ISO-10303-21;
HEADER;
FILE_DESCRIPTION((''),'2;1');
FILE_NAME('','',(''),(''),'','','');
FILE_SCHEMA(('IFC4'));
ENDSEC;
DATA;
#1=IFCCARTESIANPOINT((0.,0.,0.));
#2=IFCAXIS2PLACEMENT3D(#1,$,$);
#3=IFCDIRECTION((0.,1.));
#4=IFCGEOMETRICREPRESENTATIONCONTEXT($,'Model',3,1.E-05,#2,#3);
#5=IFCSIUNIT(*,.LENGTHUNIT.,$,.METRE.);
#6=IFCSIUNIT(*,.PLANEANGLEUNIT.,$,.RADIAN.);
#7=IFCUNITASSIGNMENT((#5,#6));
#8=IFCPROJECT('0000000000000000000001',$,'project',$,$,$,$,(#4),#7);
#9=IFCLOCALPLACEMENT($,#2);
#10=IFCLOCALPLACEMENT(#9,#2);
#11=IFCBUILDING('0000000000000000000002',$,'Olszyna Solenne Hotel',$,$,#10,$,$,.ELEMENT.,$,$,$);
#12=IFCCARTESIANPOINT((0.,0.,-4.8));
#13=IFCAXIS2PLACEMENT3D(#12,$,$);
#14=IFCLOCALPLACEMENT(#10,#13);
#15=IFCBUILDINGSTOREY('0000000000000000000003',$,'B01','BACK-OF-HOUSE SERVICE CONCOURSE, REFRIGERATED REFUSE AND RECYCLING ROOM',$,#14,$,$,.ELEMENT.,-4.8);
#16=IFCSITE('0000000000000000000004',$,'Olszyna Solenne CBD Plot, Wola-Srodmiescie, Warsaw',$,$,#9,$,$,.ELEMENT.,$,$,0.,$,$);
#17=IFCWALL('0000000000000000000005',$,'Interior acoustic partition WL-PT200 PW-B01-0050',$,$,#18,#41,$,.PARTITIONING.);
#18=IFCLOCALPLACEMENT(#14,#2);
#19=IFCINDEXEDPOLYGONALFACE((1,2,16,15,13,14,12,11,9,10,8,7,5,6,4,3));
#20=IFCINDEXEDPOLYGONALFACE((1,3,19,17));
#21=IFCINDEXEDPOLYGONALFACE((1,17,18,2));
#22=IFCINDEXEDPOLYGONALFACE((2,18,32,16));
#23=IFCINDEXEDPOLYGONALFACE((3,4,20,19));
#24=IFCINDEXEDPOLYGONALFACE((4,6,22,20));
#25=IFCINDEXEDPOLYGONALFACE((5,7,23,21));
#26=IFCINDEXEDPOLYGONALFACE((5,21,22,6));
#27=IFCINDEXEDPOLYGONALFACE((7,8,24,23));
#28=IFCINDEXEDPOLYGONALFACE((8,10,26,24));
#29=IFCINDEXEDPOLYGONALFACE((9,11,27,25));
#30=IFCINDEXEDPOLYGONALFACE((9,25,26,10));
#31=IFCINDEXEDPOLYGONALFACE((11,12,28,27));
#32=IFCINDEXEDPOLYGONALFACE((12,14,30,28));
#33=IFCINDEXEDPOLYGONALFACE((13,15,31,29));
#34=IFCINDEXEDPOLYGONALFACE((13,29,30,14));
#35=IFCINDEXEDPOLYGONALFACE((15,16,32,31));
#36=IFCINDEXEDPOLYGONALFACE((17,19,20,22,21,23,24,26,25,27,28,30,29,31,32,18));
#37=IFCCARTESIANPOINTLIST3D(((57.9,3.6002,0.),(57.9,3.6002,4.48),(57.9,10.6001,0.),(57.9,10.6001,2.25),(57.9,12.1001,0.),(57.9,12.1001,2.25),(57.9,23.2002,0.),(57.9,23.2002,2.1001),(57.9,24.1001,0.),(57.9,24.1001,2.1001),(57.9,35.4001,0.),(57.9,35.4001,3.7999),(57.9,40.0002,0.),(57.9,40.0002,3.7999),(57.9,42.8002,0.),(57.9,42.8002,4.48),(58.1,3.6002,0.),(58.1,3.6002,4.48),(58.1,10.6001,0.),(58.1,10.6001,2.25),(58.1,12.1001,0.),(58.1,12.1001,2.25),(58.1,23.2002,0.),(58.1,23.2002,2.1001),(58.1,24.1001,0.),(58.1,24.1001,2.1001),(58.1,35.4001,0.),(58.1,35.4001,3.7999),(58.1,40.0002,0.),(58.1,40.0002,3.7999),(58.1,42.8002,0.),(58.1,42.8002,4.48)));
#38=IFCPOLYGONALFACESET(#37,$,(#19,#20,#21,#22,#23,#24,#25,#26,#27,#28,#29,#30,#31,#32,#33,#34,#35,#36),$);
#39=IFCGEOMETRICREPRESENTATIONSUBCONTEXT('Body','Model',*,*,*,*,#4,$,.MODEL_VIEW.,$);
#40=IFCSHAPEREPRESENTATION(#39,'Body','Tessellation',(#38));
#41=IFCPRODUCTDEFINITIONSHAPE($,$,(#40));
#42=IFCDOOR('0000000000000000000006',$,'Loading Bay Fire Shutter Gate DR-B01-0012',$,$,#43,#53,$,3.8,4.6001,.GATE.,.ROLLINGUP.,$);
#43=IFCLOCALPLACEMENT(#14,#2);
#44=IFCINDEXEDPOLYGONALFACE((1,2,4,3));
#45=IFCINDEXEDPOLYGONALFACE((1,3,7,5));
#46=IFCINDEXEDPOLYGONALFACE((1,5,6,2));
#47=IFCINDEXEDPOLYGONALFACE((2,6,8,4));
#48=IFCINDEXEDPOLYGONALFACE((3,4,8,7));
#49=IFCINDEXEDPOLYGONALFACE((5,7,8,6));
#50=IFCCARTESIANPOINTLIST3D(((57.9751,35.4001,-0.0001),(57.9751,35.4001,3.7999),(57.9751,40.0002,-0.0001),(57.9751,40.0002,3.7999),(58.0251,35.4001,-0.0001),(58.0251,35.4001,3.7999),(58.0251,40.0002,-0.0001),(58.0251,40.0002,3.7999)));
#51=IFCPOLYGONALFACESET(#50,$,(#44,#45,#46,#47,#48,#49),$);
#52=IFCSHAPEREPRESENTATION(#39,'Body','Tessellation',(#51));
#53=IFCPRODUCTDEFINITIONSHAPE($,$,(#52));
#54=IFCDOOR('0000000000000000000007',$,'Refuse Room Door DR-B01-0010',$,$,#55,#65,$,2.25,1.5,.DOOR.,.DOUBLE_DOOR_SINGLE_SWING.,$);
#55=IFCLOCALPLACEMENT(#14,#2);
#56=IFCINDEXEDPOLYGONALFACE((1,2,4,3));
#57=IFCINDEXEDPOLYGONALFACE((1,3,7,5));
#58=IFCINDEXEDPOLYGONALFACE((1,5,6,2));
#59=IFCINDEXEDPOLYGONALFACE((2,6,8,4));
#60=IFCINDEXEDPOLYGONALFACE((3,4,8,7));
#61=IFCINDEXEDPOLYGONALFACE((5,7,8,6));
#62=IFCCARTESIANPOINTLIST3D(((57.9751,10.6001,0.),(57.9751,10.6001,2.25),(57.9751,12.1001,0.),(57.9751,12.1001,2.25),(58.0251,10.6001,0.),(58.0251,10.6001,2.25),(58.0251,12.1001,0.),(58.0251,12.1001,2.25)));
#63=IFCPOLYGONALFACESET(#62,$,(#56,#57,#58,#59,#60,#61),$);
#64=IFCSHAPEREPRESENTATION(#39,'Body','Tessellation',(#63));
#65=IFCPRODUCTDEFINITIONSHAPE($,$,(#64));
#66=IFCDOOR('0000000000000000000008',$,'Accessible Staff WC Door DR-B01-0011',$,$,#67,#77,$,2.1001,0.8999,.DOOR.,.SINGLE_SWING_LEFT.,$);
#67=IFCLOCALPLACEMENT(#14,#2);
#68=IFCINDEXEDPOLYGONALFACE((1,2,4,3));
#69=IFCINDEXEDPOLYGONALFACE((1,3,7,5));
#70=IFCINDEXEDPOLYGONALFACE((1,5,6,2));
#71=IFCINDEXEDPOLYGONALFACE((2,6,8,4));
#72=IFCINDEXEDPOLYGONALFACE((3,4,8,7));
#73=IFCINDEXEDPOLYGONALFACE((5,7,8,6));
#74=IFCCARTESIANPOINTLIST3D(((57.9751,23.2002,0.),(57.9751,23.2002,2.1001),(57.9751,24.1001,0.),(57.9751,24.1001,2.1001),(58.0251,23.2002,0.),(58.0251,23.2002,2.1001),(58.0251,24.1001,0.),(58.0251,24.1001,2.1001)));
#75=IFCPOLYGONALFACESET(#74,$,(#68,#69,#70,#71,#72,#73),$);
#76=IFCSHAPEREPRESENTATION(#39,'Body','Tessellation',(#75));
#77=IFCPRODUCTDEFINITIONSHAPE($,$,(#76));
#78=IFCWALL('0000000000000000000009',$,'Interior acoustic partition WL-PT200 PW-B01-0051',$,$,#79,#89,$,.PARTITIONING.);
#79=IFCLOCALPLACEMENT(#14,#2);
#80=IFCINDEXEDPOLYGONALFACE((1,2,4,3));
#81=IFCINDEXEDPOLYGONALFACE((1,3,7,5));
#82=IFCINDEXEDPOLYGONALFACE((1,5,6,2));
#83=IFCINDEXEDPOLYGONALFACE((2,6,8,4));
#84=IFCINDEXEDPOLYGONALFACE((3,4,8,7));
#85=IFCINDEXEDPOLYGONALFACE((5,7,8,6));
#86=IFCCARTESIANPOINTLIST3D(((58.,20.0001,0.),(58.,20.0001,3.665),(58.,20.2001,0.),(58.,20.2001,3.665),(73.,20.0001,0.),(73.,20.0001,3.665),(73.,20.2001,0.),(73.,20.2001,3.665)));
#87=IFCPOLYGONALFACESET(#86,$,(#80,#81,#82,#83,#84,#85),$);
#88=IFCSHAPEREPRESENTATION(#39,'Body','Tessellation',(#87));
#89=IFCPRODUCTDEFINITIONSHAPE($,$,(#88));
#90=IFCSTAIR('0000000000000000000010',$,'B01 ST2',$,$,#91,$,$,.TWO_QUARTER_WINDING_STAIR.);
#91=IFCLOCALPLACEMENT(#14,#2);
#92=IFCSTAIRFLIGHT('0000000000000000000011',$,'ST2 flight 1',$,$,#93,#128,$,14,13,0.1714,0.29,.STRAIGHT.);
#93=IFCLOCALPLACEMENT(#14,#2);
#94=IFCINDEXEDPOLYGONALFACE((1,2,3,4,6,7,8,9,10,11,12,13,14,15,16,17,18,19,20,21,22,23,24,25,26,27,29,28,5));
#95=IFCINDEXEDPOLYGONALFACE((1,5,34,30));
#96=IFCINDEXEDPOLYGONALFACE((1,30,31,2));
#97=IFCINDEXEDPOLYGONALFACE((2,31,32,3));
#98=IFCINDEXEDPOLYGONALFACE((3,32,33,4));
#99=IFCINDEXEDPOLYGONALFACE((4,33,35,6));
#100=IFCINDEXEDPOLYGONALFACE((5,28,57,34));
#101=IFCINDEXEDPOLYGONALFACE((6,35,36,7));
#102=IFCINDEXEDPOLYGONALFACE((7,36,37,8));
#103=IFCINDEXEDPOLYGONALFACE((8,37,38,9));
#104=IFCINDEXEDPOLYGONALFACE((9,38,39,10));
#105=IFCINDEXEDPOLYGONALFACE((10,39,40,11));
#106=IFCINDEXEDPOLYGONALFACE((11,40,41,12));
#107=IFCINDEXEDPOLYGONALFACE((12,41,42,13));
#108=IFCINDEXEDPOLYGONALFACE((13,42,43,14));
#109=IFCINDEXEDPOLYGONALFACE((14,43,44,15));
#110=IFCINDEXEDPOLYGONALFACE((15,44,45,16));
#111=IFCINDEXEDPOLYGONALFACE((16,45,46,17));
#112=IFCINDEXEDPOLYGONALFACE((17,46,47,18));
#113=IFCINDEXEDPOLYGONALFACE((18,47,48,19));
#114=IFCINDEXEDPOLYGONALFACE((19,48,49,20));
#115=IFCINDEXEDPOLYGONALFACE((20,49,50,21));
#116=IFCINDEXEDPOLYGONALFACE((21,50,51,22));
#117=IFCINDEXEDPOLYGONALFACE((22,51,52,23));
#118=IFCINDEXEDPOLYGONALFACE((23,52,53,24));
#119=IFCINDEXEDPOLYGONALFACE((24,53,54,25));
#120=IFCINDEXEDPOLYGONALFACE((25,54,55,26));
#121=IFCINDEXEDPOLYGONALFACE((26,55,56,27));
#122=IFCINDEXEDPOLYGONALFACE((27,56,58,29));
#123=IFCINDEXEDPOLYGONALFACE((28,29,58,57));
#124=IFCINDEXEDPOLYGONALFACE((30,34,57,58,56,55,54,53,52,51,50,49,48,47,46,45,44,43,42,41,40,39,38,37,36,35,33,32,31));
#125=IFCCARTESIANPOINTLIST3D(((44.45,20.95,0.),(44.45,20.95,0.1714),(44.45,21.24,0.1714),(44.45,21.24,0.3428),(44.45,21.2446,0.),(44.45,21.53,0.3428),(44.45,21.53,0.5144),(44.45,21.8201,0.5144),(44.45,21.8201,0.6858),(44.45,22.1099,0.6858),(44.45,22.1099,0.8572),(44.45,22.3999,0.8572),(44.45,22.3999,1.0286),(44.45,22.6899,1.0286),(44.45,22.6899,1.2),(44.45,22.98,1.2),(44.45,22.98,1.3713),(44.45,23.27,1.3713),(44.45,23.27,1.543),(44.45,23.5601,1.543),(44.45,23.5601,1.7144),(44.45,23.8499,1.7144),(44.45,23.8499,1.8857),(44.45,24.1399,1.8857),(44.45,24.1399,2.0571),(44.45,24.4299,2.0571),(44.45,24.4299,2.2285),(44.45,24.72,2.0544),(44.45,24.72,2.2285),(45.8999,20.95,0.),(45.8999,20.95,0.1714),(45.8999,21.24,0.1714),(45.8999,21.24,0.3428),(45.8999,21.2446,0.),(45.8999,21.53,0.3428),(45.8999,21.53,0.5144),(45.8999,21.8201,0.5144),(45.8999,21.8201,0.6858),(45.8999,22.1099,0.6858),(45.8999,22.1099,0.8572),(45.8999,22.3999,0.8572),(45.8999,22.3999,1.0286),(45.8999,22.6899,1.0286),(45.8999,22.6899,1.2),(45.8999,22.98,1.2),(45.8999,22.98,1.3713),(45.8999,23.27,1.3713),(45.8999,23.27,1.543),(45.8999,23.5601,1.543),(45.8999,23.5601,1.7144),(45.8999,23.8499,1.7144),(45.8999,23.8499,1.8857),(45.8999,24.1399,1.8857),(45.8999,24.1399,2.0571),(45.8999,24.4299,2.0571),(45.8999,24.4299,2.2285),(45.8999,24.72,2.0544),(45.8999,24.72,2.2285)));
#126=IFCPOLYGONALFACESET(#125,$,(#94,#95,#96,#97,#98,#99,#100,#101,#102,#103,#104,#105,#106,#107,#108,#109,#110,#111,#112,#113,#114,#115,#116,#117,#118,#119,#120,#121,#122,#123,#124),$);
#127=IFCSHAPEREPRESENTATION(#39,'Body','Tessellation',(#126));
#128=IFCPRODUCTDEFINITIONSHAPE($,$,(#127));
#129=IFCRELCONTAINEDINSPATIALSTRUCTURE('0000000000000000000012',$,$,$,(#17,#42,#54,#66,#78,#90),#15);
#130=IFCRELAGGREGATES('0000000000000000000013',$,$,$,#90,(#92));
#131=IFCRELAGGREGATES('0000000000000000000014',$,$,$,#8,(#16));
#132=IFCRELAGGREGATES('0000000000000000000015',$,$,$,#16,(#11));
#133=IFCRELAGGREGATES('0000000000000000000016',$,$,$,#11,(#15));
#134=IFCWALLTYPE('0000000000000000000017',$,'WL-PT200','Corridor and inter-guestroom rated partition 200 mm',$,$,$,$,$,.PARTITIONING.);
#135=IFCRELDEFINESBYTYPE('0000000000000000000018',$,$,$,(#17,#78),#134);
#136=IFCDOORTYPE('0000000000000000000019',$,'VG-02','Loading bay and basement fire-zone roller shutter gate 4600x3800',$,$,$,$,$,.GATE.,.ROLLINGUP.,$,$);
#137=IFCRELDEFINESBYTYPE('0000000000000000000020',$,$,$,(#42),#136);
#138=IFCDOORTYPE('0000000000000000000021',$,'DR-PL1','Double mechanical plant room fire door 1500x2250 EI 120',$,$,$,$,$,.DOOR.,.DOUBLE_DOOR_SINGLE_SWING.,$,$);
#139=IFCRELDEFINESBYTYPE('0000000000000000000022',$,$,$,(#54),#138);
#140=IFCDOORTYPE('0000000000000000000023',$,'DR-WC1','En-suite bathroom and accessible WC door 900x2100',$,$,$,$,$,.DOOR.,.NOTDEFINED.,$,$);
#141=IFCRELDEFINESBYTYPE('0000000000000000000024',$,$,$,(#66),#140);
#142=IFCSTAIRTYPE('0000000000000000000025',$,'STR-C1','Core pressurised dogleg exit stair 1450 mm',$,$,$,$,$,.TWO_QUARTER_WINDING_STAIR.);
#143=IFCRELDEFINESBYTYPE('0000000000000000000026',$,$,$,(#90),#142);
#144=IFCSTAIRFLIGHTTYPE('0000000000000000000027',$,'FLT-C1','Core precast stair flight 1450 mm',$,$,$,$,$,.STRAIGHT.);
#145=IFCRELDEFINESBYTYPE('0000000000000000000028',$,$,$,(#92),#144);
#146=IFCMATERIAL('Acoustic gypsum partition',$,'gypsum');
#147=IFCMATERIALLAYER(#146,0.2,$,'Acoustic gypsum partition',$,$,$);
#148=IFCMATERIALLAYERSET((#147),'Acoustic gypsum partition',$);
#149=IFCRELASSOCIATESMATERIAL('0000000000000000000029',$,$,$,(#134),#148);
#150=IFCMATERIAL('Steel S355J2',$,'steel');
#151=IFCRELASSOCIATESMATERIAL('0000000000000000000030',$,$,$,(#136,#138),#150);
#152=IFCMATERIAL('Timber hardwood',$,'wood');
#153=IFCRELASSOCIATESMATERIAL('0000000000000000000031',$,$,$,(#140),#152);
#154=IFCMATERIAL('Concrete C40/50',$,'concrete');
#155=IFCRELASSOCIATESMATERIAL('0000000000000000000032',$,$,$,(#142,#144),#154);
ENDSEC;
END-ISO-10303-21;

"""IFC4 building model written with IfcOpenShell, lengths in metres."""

from ifc_helpers import new_model, si_unit, direction, frame, frame_2d, origin, place, context, subcontext, project, spatial, polyline, rectangle, outline, extrude, source, transform, mapped, material, layer, layer_set, type_object, type_shapes, element, fill, aggregate, save


model = new_model("IFC4")

# Units and contexts
model_context = context("Model", 3, precision=1e-05, world=origin(), true_north=direction((0.0, 1.0)))
body_context = subcontext(model_context, "Body", "Model", "MODEL_VIEW")
ifc_project = project(units=[si_unit("LENGTHUNIT", "METRE"), si_unit("PLANEANGLEUNIT", "RADIAN")], contexts=[model_context])

# Site, building, storey
site_placement = place(None, origin())
site = spatial("IfcSite", under=ifc_project, at=site_placement, Name="Olszyna Solenne CBD Plot, Wola-Srodmiescie, Warsaw", CompositionType="ELEMENT", RefElevation=0.0)
building_placement = place(site_placement, origin())
building = spatial("IfcBuilding", under=site, at=building_placement, Name="Olszyna Solenne Hotel", CompositionType="ELEMENT")
storey_placement = place(building_placement, frame((0.0, 0.0, -4.8)))
storey = spatial("IfcBuildingStorey", under=building, at=storey_placement, Name="B01", Description="BACK-OF-HOUSE SERVICE CONCOURSE, REFRIGERATED REFUSE AND RECYCLING ROOM", CompositionType="ELEMENT", Elevation=-4.8)

# Shared definitions
ifc_material_1 = material(Name="Steel S355J2", Category="steel")

# Shared definitions
ifc_material_2 = material(Name="Concrete C40/50", Category="concrete")
ifc_material_3 = material(Name="Acoustic gypsum partition", Category="gypsum")

# Wall, openings, doors
ifc_layer_1 = layer(ifc_material_3, 0.2, Name="Acoustic gypsum partition")
ifc_layer_set_1 = layer_set([ifc_layer_1], Name="Acoustic gypsum partition")
wall_type_1 = type_object("IfcWallType", Name="WL-PT200", Description="Corridor and inter-guestroom rated partition 200 mm", PredefinedType="PARTITIONING", material=ifc_layer_set_1)
wall_1_placement = place(storey_placement, frame((58.0, 3.6001, 0.0), z_axis=(0.0, 0.0, 1.0), x_axis=(0.0, 1.0, 0.0)))
wall_1 = element("IfcWall", 1, at=wall_1_placement, inside=storey, type_object=wall_type_1, Name="Interior acoustic partition WL-PT200 PW-B01-0050", PredefinedType="PARTITIONING", context=body_context, shape_type="SweptSolid", body=[
    extrude(rectangle(XDim=39.2, YDim=0.2, at=frame_2d((19.6001, 0.0))), origin(), (0.0, 0.0, 1.0), 4.48),
])
opening_1_placement = place(wall_1_placement, frame((7.0, 0.0, 0.0)))
opening_1 = element("IfcOpeningElement", 2, at=opening_1_placement, cuts=wall_1, PredefinedType="OPENING", context=body_context, shape_type="SweptSolid", body=[
    extrude(rectangle(XDim=1.5, YDim=2.25, at=frame_2d((0.75, 1.125))), frame((0.0, 0.1099, 0.0), z_axis=(0.0, -1.0, 0.0), x_axis=(1.0, 0.0, 0.0)), (0.0, 0.0, 1.0), 0.22),
])
opening_2_placement = place(wall_1_placement, frame((19.6001, 0.0, 0.0)))
opening_2 = element("IfcOpeningElement", 3, at=opening_2_placement, cuts=wall_1, PredefinedType="OPENING", context=body_context, shape_type="SweptSolid", body=[
    extrude(rectangle(XDim=0.8999, YDim=2.1001, at=frame_2d((0.45, 1.05))), frame((0.0, 0.1099, 0.0), z_axis=(0.0, -1.0, 0.0), x_axis=(1.0, 0.0, 0.0)), (0.0, 0.0, 1.0), 0.22),
])
opening_3_placement = place(wall_1_placement, frame((31.8, 0.0, 0.0)))
opening_3 = element("IfcOpeningElement", 4, at=opening_3_placement, cuts=wall_1, PredefinedType="OPENING", context=body_context, shape_type="SweptSolid", body=[
    extrude(rectangle(XDim=4.6001, YDim=3.8, at=frame_2d((2.3, 1.8999))), frame((0.0, 0.1099, 0.0), z_axis=(0.0, -1.0, 0.0), x_axis=(1.0, 0.0, 0.0)), (0.0, 0.0, 1.0), 0.22),
])
door_type_1 = type_object("IfcDoorType", Name="VG-02", Description="Loading bay and basement fire-zone roller shutter gate 4600x3800", OperationType="ROLLINGUP", PredefinedType="GATE", material=ifc_material_1)
shared_shape_1 = source(origin(), body_context, "Body", "SweptSolid", [
    extrude(rectangle(XDim=4.6001, YDim=3.8, at=frame_2d((2.3, 1.8999))), frame((0.0, 0.0249, 0.0), z_axis=(0.0, -1.0, 0.0), x_axis=(1.0, 0.0, 0.0)), (0.0, 0.0, 1.0), 0.05),
])
type_shapes(door_type_1, [shared_shape_1])
door_1_placement = place(opening_3_placement, origin())
door_1 = element("IfcDoor", 5, at=door_1_placement, inside=storey, type_object=door_type_1, Name="Loading Bay Fire Shutter Gate DR-B01-0012", OperationType="ROLLINGUP", OverallHeight=3.8, OverallWidth=4.6001, PredefinedType="GATE", context=body_context, shape_type="MappedRepresentation", body=[
    mapped(shared_shape_1, transform((0.0, 0.0, 0.0), x_axis=(1.0, 0.0, 0.0), y_axis=(0.0, 1.0, 0.0), z_axis=(0.0, 0.0, 1.0), scale=1.0)),
])
fill(opening_3, door_1)
door_type_2 = type_object("IfcDoorType", Name="DR-PL1", Description="Double mechanical plant room fire door 1500x2250 EI 120", OperationType="DOUBLE_DOOR_SINGLE_SWING", PredefinedType="DOOR", material=ifc_material_1)
shared_shape_2 = source(origin(), body_context, "Body", "SweptSolid", [
    extrude(rectangle(XDim=1.5, YDim=2.25, at=frame_2d((0.75, 1.125))), frame((0.0, 0.0249, 0.0), z_axis=(0.0, -1.0, 0.0), x_axis=(1.0, 0.0, 0.0)), (0.0, 0.0, 1.0), 0.05),
])
type_shapes(door_type_2, [shared_shape_2])
door_2_placement = place(opening_1_placement, origin())
door_2 = element("IfcDoor", 6, at=door_2_placement, inside=storey, type_object=door_type_2, Name="Refuse Room Door DR-B01-0010", OperationType="DOUBLE_DOOR_SINGLE_SWING", OverallHeight=2.25, OverallWidth=1.5, PredefinedType="DOOR", context=body_context, shape_type="MappedRepresentation", body=[
    mapped(shared_shape_2, transform((0.0, 0.0, 0.0), x_axis=(1.0, 0.0, 0.0), y_axis=(0.0, 1.0, 0.0), z_axis=(0.0, 0.0, 1.0), scale=1.0)),
])
fill(opening_1, door_2)
ifc_material_4 = material(Name="Timber hardwood", Category="wood")
door_type_3 = type_object("IfcDoorType", Name="DR-WC1", Description="En-suite bathroom and accessible WC door 900x2100", OperationType="NOTDEFINED", PredefinedType="DOOR", material=ifc_material_4)
shared_shape_3 = source(origin(), body_context, "Body", "SweptSolid", [
    extrude(rectangle(XDim=0.8999, YDim=2.1001, at=frame_2d((0.45, 1.05))), frame((0.0, 0.0249, 0.0), z_axis=(0.0, -1.0, 0.0), x_axis=(1.0, 0.0, 0.0)), (0.0, 0.0, 1.0), 0.05),
])
type_shapes(door_type_3, [shared_shape_3])
door_3_placement = place(opening_2_placement, origin())
door_3 = element("IfcDoor", 7, at=door_3_placement, inside=storey, type_object=door_type_3, Name="Accessible Staff WC Door DR-B01-0011", OperationType="SINGLE_SWING_LEFT", OverallHeight=2.1001, OverallWidth=0.8999, PredefinedType="DOOR", context=body_context, shape_type="MappedRepresentation", body=[
    mapped(shared_shape_3, transform((0.0, 0.0, 0.0), x_axis=(1.0, 0.0, 0.0), y_axis=(0.0, 1.0, 0.0), z_axis=(0.0, 0.0, 1.0), scale=1.0)),
])
fill(opening_2, door_3)

# Wall
wall_2_placement = place(storey_placement, frame((58.0, 20.1001, 0.0), z_axis=(0.0, 0.0, 1.0), x_axis=(1.0, 0.0, 0.0)))
element("IfcWall", 8, at=wall_2_placement, inside=storey, type_object=wall_type_1, Name="Interior acoustic partition WL-PT200 PW-B01-0051", PredefinedType="PARTITIONING", context=body_context, shape_type="SweptSolid", body=[
    extrude(rectangle(XDim=15.0, YDim=0.2, at=frame_2d((7.5, 0.0))), origin(), (0.0, 0.0, 1.0), 3.665),
])

# Stair, stair flight
stair_type = type_object("IfcStairType", Name="STR-C1", Description="Core pressurised dogleg exit stair 1450 mm", PredefinedType="TWO_QUARTER_WINDING_STAIR", material=ifc_material_2)
stair_placement = place(storey_placement, origin())
stair = element("IfcStair", 9, at=stair_placement, inside=storey, type_object=stair_type, Name="B01 ST2", PredefinedType="TWO_QUARTER_WINDING_STAIR")
stair_flight_type = type_object("IfcStairFlightType", Name="FLT-C1", Description="Core precast stair flight 1450 mm", PredefinedType="STRAIGHT", material=ifc_material_2)
stair_flight_placement = place(storey_placement, frame((45.175, 20.95, 0.0), z_axis=(0.0, 0.0, 1.0), x_axis=(0.0, 1.0, 0.0)))
stair_flight = element("IfcStairFlight", 10, at=stair_flight_placement, type_object=stair_flight_type, Name="ST2 flight 1", NumberOfRisers=14, NumberOfTreads=13, PredefinedType="STRAIGHT", RiserHeight=0.1714, TreadLength=0.29, context=body_context, shape_type="SweptSolid", body=[
    extrude(outline(polyline([(0.0, 0.0), (0.0, 0.1714), (0.29, 0.1714), (0.29, 0.3428), (0.5801, 0.3428), (0.5801, 0.5144), (0.8701, 0.5144), (0.8701, 0.6858), (1.1599, 0.6858), (1.1599, 0.8572), (1.45, 0.8572), (1.45, 1.0286), (1.74, 1.0286), (1.74, 1.2), (2.03, 1.2), (2.03, 1.3713), (2.3201, 1.3713), (2.3201, 1.543), (2.6101, 1.543), (2.6101, 1.7144), (2.8999, 1.7144), (2.8999, 1.8857), (3.1899, 1.8857), (3.1899, 2.0571), (3.48, 2.0571), (3.48, 2.2285), (3.77, 2.2285), (3.77, 2.3999), (3.77, 2.0544), (0.2947, 0.0), (0.0, 0.0)])), frame((0.0, 0.7251, 0.0), z_axis=(0.0, -1.0, 0.0), x_axis=(1.0, 0.0, 0.0)), (0.0, 0.0, 1.0), 1.45),
])
aggregate(stair, [stair_flight])

save(model, "model.ifc")
